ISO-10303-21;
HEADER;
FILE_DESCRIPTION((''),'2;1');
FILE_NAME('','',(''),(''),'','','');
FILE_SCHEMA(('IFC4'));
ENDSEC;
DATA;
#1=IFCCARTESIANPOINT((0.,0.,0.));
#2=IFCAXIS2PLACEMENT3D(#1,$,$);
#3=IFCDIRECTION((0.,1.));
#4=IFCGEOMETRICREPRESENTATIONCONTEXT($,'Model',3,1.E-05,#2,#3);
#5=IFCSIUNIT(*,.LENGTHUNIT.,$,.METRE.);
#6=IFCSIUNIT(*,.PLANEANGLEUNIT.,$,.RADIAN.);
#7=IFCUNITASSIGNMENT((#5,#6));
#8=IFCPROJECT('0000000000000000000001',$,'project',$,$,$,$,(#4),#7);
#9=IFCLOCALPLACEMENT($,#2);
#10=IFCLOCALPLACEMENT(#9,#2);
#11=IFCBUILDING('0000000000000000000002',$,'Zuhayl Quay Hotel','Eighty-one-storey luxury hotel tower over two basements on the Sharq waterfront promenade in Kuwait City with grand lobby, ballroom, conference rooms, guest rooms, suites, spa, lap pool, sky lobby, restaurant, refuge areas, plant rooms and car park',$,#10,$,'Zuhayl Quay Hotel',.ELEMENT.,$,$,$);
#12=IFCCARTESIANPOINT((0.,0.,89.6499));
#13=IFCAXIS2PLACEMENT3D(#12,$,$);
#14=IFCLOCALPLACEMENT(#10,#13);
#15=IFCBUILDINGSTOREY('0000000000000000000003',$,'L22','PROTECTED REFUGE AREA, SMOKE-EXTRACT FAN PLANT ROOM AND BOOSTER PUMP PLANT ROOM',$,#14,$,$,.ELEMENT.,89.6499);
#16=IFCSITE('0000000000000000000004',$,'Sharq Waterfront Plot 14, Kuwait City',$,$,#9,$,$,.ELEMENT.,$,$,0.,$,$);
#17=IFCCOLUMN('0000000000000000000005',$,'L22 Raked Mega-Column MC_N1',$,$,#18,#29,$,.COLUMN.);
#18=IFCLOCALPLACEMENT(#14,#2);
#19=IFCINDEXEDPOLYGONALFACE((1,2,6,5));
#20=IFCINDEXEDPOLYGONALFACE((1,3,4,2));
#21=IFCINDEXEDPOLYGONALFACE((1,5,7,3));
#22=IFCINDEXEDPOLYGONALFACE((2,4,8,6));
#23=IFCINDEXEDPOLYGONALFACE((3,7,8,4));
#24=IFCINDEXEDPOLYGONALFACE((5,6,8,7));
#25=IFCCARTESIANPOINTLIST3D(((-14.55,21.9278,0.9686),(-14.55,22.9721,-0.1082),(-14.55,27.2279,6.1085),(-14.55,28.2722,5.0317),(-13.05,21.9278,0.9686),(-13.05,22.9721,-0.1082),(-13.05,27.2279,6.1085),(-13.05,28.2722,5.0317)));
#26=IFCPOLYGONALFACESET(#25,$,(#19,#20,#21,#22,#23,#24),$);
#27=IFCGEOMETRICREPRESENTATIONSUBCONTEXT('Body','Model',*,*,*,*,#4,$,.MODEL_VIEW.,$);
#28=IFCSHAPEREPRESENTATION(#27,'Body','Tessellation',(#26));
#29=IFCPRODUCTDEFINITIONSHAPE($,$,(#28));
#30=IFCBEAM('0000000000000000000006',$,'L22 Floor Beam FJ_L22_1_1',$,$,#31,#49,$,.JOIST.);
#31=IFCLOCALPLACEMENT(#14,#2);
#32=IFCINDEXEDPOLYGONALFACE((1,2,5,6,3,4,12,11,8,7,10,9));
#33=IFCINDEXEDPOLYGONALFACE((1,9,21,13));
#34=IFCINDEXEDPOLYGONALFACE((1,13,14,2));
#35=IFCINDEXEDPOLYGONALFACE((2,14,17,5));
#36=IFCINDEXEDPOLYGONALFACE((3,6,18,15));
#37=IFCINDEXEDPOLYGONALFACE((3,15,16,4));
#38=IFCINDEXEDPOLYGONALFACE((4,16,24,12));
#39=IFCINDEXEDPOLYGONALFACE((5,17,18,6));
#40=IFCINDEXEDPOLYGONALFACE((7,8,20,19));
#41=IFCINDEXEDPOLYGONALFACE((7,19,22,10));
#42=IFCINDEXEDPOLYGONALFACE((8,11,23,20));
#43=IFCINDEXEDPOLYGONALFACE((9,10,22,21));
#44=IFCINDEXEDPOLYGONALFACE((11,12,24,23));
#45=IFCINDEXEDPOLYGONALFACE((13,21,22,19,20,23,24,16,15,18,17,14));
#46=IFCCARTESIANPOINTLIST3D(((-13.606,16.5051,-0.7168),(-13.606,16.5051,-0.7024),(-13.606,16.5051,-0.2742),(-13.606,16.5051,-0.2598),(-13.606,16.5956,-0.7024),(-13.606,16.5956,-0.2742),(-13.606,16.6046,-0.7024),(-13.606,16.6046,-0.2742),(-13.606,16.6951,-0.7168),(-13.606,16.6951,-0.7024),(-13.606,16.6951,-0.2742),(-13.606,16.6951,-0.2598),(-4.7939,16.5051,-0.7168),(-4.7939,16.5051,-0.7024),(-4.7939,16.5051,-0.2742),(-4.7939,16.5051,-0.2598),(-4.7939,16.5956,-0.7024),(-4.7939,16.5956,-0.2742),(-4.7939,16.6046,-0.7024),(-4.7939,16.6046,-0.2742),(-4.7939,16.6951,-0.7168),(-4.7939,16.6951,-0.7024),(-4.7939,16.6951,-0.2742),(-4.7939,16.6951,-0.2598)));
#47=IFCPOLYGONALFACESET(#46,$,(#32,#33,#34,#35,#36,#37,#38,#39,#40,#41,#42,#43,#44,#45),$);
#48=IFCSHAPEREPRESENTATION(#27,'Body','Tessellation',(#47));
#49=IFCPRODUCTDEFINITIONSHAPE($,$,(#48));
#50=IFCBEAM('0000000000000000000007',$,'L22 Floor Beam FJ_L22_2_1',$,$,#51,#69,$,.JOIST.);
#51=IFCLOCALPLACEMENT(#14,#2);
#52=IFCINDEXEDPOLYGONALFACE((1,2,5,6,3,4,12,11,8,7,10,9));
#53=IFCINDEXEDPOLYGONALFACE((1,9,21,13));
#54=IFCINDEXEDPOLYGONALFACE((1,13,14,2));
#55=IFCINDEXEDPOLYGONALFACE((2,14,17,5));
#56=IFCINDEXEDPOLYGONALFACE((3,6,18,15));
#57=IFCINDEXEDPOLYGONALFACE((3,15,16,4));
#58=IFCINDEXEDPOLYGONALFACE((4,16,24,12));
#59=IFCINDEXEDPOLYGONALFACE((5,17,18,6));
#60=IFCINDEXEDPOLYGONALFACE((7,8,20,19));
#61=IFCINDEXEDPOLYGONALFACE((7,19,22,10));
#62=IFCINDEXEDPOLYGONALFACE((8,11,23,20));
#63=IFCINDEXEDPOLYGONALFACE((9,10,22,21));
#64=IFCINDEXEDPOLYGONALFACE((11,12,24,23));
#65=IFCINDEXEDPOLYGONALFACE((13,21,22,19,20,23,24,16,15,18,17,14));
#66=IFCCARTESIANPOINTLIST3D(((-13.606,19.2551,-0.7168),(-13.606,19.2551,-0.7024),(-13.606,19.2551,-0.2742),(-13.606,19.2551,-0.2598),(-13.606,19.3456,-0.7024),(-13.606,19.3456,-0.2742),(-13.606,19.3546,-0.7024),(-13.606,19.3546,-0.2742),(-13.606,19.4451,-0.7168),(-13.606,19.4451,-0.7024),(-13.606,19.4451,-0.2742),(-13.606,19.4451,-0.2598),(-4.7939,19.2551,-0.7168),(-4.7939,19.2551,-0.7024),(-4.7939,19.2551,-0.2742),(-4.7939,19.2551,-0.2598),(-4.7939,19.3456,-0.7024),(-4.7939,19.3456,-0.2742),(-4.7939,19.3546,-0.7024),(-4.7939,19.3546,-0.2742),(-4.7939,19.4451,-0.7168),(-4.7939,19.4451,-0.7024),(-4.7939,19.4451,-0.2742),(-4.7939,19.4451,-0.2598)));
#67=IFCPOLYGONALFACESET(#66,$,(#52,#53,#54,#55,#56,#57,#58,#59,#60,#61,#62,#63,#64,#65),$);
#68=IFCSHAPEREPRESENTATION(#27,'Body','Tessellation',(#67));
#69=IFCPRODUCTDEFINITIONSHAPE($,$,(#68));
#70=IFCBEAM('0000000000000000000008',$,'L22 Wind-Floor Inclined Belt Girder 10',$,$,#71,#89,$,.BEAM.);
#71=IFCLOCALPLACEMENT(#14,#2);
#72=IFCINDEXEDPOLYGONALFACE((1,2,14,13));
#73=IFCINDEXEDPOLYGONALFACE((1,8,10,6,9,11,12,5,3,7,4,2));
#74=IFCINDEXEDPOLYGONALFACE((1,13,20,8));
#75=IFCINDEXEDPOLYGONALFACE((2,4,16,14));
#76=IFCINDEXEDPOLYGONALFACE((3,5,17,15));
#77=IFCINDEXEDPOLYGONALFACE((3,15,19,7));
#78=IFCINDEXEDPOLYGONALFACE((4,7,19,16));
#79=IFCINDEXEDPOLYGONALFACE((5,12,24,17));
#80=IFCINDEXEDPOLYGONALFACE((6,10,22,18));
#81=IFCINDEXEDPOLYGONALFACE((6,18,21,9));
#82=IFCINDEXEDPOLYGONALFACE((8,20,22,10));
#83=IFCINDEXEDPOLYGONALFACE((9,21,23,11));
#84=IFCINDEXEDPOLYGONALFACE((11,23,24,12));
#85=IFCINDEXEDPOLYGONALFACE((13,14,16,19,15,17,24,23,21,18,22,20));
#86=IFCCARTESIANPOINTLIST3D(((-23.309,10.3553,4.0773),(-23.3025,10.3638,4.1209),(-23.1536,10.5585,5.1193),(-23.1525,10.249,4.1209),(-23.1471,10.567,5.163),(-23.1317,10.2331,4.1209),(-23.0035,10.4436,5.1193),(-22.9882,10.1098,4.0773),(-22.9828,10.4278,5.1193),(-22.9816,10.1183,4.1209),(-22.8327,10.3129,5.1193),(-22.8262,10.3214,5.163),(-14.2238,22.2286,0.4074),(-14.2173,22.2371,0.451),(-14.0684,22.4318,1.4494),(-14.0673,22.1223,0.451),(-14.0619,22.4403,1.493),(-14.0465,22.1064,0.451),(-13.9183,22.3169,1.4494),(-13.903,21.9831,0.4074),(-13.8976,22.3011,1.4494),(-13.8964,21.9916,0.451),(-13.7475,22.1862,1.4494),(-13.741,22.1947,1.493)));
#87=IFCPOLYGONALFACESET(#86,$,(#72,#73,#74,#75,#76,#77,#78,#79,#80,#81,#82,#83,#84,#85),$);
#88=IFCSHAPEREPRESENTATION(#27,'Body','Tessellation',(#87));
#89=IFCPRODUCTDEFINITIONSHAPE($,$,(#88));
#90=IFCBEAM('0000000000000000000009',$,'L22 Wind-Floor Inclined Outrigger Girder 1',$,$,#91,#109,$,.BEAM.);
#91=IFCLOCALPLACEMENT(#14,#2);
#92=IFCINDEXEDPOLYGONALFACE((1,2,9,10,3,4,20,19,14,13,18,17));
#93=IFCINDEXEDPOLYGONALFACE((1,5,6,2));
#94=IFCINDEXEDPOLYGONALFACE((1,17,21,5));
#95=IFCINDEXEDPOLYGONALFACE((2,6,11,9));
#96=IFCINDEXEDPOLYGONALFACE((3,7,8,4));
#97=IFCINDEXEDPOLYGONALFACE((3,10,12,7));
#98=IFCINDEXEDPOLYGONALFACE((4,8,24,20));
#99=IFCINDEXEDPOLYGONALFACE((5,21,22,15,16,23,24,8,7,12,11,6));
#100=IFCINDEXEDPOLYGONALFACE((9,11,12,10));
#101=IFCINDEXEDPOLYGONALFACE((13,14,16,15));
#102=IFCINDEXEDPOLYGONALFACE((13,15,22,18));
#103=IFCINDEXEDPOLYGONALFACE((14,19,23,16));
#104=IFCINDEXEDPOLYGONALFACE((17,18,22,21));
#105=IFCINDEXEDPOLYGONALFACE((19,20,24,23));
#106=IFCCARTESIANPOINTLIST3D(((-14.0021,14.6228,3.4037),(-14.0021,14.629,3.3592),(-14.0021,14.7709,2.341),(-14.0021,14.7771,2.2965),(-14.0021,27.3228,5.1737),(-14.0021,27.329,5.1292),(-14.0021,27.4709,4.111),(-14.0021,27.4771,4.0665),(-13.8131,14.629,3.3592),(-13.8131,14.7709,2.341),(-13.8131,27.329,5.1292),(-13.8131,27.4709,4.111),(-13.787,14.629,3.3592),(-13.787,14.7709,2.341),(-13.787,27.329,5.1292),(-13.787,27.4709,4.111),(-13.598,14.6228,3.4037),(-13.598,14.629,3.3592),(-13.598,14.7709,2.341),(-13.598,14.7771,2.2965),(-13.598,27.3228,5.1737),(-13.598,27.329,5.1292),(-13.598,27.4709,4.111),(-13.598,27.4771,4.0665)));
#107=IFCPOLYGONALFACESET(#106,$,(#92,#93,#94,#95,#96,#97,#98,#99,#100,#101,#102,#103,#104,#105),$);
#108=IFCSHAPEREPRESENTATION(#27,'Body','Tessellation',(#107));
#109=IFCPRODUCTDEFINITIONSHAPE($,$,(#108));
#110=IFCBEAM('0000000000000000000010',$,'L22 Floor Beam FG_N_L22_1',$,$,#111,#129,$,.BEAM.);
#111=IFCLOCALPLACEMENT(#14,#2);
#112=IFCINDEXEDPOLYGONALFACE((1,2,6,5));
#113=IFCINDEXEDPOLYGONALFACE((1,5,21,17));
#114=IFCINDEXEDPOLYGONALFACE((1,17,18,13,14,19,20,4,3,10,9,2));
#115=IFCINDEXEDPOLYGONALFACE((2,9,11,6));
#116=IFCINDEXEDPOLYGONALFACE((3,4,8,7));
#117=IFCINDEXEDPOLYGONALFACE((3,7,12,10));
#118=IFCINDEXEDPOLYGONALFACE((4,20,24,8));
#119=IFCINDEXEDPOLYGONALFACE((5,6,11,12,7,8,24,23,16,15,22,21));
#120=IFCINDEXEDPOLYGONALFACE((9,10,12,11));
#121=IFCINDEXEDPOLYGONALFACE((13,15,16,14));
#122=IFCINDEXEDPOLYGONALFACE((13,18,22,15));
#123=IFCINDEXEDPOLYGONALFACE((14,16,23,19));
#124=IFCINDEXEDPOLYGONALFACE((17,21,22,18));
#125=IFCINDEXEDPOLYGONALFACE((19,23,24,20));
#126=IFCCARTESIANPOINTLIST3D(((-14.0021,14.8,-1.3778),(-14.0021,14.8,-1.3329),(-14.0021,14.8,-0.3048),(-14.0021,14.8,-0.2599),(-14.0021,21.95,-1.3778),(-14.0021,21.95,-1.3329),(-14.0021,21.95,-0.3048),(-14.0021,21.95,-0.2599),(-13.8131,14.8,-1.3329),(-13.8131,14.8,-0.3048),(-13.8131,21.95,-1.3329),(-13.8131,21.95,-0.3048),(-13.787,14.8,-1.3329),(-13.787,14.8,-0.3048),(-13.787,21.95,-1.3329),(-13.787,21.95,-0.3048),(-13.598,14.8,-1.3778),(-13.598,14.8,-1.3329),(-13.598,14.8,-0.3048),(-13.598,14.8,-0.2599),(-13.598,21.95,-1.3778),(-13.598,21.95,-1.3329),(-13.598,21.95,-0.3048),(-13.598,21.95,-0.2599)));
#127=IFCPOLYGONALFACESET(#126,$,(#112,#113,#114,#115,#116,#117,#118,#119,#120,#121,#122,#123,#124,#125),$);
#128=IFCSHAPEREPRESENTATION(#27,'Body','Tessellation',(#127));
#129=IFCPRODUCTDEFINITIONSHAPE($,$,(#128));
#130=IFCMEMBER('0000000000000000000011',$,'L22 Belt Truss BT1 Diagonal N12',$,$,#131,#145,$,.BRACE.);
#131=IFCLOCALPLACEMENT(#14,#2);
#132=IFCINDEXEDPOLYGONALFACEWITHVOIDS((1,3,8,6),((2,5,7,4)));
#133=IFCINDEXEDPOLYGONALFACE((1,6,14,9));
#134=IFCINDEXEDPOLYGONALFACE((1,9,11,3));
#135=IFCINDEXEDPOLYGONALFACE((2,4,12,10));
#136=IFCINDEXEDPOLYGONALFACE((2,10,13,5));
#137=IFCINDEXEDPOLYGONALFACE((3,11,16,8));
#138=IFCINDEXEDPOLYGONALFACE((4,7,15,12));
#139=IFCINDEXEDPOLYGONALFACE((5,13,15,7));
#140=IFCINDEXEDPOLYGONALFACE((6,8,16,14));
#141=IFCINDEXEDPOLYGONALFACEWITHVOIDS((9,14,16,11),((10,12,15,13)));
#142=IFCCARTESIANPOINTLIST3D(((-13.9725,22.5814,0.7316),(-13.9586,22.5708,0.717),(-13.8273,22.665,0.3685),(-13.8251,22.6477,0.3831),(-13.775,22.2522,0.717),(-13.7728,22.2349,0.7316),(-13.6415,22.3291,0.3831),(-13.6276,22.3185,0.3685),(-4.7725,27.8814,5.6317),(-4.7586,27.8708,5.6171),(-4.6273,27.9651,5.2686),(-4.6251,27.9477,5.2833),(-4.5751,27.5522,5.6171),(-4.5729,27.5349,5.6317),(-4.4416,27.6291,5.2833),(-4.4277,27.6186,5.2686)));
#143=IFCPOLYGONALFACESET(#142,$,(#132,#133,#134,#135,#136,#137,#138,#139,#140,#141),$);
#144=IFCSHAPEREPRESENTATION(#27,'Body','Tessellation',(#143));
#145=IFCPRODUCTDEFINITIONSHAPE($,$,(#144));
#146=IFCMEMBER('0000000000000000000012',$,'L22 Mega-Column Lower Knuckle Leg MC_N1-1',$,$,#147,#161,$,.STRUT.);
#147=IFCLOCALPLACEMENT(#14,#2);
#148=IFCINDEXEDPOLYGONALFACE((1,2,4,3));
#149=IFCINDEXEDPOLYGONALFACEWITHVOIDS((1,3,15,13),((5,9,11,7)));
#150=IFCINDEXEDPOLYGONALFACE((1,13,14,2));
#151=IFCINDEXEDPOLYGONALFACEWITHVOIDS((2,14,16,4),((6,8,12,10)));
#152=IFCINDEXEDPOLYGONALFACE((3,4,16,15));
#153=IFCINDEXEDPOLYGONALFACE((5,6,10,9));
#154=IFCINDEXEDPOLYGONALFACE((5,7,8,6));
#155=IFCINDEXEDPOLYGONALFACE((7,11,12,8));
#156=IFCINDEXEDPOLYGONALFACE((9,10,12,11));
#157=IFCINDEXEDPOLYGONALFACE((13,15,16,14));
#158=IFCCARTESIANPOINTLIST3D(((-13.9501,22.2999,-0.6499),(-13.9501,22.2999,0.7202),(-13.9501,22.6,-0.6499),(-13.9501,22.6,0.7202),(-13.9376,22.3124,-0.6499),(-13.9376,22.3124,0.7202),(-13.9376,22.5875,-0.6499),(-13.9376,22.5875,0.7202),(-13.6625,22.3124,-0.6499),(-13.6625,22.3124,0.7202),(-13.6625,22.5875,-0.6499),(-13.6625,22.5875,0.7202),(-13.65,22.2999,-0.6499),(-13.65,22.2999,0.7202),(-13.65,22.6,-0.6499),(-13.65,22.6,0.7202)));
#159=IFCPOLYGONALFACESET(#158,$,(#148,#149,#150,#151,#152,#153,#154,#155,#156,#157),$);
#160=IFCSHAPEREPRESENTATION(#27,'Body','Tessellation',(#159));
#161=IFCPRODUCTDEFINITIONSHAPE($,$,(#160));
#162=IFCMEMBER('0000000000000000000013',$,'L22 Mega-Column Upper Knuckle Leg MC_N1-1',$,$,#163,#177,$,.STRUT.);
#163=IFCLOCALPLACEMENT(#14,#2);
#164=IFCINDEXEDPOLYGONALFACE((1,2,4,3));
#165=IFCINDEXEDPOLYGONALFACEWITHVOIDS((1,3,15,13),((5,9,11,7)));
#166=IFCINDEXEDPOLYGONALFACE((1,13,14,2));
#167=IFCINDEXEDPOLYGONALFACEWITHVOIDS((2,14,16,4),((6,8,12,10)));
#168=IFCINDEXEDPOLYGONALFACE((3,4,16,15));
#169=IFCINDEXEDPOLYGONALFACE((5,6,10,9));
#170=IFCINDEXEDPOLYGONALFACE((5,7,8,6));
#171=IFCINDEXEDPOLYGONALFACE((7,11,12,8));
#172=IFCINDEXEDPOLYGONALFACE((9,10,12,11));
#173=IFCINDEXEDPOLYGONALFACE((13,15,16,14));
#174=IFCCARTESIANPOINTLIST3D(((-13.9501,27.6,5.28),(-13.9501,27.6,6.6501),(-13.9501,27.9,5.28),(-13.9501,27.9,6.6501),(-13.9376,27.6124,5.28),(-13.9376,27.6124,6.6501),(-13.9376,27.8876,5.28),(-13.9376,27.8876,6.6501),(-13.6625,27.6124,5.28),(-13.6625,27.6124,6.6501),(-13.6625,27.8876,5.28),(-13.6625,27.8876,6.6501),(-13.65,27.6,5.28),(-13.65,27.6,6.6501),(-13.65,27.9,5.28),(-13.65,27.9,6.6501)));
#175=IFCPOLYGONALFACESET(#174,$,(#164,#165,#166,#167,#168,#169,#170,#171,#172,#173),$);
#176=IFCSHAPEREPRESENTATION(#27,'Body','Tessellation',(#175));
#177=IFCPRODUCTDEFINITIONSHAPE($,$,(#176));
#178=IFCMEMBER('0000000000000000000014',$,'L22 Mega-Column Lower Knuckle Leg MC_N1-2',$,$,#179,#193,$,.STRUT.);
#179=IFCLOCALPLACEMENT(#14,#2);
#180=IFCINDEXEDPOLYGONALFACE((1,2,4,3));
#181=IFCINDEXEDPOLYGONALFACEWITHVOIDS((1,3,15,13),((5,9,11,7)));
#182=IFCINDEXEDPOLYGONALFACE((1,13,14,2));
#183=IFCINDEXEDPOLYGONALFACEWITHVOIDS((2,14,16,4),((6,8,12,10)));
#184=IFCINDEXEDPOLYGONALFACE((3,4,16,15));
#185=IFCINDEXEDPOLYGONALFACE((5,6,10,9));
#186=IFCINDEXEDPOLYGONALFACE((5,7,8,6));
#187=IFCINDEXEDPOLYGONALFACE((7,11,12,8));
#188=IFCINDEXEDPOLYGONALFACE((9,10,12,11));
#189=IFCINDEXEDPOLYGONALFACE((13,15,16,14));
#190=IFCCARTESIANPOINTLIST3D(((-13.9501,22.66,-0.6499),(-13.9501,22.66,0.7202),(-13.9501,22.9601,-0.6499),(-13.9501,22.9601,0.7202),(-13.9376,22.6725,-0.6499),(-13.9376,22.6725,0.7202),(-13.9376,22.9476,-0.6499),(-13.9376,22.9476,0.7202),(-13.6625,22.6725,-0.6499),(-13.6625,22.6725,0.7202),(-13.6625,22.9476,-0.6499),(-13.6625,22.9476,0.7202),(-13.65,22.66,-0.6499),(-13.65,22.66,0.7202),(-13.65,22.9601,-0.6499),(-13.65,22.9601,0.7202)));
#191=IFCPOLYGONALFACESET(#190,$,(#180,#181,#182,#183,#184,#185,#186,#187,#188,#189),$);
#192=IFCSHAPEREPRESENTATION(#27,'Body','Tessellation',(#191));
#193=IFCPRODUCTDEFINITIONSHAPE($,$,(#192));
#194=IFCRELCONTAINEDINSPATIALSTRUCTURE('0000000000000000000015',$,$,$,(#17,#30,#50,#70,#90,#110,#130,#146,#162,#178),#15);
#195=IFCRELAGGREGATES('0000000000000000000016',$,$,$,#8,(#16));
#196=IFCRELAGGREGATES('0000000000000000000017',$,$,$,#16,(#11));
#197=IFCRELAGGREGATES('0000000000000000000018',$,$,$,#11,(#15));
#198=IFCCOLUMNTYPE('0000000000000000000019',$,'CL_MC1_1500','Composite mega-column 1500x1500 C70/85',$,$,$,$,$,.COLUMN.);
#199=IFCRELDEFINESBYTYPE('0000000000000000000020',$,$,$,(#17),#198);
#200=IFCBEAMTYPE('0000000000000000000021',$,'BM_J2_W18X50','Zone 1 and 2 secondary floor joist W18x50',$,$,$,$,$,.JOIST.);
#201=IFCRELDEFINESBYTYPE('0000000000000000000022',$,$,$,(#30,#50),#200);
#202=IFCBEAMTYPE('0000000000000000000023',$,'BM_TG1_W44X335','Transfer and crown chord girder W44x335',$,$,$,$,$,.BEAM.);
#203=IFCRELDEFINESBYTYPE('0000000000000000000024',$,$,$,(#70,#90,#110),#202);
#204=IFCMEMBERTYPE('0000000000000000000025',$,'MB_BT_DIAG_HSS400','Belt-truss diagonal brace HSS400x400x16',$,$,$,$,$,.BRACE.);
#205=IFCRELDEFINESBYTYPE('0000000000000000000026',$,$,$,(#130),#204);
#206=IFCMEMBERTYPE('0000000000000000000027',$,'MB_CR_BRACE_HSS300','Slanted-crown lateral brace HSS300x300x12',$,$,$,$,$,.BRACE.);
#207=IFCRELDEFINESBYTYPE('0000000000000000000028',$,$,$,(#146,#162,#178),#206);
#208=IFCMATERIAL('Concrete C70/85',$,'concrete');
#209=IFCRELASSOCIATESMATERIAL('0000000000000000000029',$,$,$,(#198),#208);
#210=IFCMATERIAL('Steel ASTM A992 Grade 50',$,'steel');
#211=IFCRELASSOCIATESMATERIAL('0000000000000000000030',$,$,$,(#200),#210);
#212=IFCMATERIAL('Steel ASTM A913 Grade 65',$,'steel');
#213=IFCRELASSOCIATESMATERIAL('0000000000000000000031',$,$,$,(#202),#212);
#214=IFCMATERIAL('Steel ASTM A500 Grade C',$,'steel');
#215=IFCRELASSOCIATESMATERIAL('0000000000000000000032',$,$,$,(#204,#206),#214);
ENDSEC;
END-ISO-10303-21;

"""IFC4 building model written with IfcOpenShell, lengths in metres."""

from ifc_helpers import new_model, si_unit, direction, frame, origin, origin_2d, place, context, subcontext, project, spatial, rectangle, hollow_rectangle, i_section, extrude, material, material_profile, profile_set, type_object, element, save


model = new_model("IFC4")

# Units and contexts
model_context = context("Model", 3, precision=1e-05, world=origin(), true_north=direction((0.0, 1.0)))
body_context = subcontext(model_context, "Body", "Model", "MODEL_VIEW")
ifc_project = project(units=[si_unit("LENGTHUNIT", "METRE"), si_unit("PLANEANGLEUNIT", "RADIAN")], contexts=[model_context])

# Site, building, storey
site_placement = place(None, origin())
site = spatial("IfcSite", under=ifc_project, at=site_placement, Name="Sharq Waterfront Plot 14, Kuwait City", CompositionType="ELEMENT", RefElevation=0.0)
building_placement = place(site_placement, origin())
building = spatial("IfcBuilding", under=site, at=building_placement, Name="Zuhayl Quay Hotel", Description="Eighty-one-storey luxury hotel tower over two basements on the Sharq waterfront promenade in Kuwait City with grand lobby, ballroom, conference rooms, guest rooms, suites, spa, lap pool, sky lobby, restaurant, refuge areas, plant rooms and car park", LongName="Zuhayl Quay Hotel", CompositionType="ELEMENT")
storey_placement = place(building_placement, frame((0.0, 0.0, 89.6499)))
storey = spatial("IfcBuildingStorey", under=building, at=storey_placement, Name="L22", Description="PROTECTED REFUGE AREA, SMOKE-EXTRACT FAN PLANT ROOM AND BOOSTER PUMP PLANT ROOM", CompositionType="ELEMENT", Elevation=89.6499)

# Column
ifc_material_1 = material(Name="Concrete C70/85", Category="concrete")
ifc_material_profile_1 = material_profile(ifc_material_1, rectangle(XDim=1.5, YDim=1.5, at=origin_2d()), Name="RC1500X1500")
ifc_profile_set_1 = profile_set([ifc_material_profile_1], Name="Concrete C70/85")
column_type = type_object("IfcColumnType", Name="CL_MC1_1500", Description="Composite mega-column 1500x1500 C70/85", PredefinedType="COLUMN", material=ifc_profile_set_1)
column_placement = place(storey_placement, frame((-13.8, 22.45, 0.4302), z_axis=(0.0, 0.71787, 0.696177), x_axis=(-1.0, 0.0, 0.0)))
element("IfcColumn", 1, at=column_placement, inside=storey, type_object=column_type, Name="L22 Raked Mega-Column MC_N1", PredefinedType="COLUMN", context=body_context, shape_type="SweptSolid", body=[
    extrude(rectangle(XDim=1.5, YDim=1.5, at=origin_2d()), origin(), (0.0, 0.0, 1.0), 7.3831),
])

# Beams
ifc_material_2 = material(Name="Steel ASTM A992 Grade 50", Category="steel")
ifc_material_profile_2 = material_profile(ifc_material_2, i_section(OverallWidth=0.1899, OverallDepth=0.457, WebThickness=0.009, FlangeThickness=0.0144, at=origin_2d()), Name="W18X50")
ifc_profile_set_2 = profile_set([ifc_material_profile_2], Name="Steel ASTM A992 Grade 50")
beam_type_1 = type_object("IfcBeamType", Name="BM_J2_W18X50", Description="Zone 1 and 2 secondary floor joist W18x50", PredefinedType="JOIST", material=ifc_profile_set_2)
for number, where, z_axis, x_axis, name in (
    (2, (-13.606, 16.6001, -0.4883), (1.0, 0.0, 0.0), (0.0, 1.0, 0.0), "L22 Floor Beam FJ_L22_1_1"),
    (3, (-13.606, 19.3501, -0.4883), (1.0, 0.0, 0.0), (0.0, 1.0, 0.0), "L22 Floor Beam FJ_L22_2_1"),
):
    element("IfcBeam", number, at=place(storey_placement, frame(where, z_axis=z_axis, x_axis=x_axis)), inside=storey, type_object=beam_type_1, Name=name, PredefinedType="JOIST", context=body_context, shape_type="SweptSolid", body=[
        extrude(i_section(OverallWidth=0.1899, OverallDepth=0.457, WebThickness=0.009, FlangeThickness=0.0144, at=origin_2d()), origin(), (0.0, 0.0, 1.0), 8.812),
    ])
ifc_material_3 = material(Name="Steel ASTM A913 Grade 65", Category="steel")
ifc_material_profile_3 = material_profile(ifc_material_3, i_section(OverallWidth=0.4041, OverallDepth=1.1179, WebThickness=0.0261, FlangeThickness=0.0449, at=origin_2d()), Name="W44X335")
ifc_profile_set_3 = profile_set([ifc_material_profile_3], Name="Steel ASTM A913 Grade 65")
beam_type_2 = type_object("IfcBeamType", Name="BM_TG1_W44X335", Description="Transfer and crown chord girder W44x335", PredefinedType="BEAM", material=ifc_profile_set_3)
beam_1_placement = place(storey_placement, frame((-13.9824, 22.2117, 0.9502), z_axis=(-0.590167, -0.771279, 0.238395), x_axis=(0.794176, -0.607688, 0.0)))
element("IfcBeam", 4, at=beam_1_placement, inside=storey, type_object=beam_type_2, Name="L22 Wind-Floor Inclined Belt Girder 10", PredefinedType="BEAM", context=body_context, shape_type="SweptSolid", body=[
    extrude(i_section(OverallWidth=0.4041, OverallDepth=1.1179, WebThickness=0.0261, FlangeThickness=0.0449, at=origin_2d()), origin(), (0.0, 0.0, 1.0), 15.3943),
])
beam_2_placement = place(storey_placement, frame((-13.8, 14.7, 2.8501), z_axis=(0.0, 0.990427, 0.138038), x_axis=(-1.0, 0.0, 0.0)))
element("IfcBeam", 5, at=beam_2_placement, inside=storey, type_object=beam_type_2, Name="L22 Wind-Floor Inclined Outrigger Girder 1", PredefinedType="BEAM", context=body_context, shape_type="SweptSolid", body=[
    extrude(i_section(OverallWidth=0.4041, OverallDepth=1.1179, WebThickness=0.0261, FlangeThickness=0.0449, at=origin_2d()), origin(), (0.0, 0.0, 1.0), 12.8228),
])
beam_3_placement = place(storey_placement, frame((-13.8, 14.8, -0.8188), z_axis=(0.0, 1.0, 0.0), x_axis=(-1.0, 0.0, 0.0)))
element("IfcBeam", 6, at=beam_3_placement, inside=storey, type_object=beam_type_2, Name="L22 Floor Beam FG_N_L22_1", PredefinedType="BEAM", context=body_context, shape_type="SweptSolid", body=[
    extrude(i_section(OverallWidth=0.4041, OverallDepth=1.1179, WebThickness=0.0261, FlangeThickness=0.0449, at=origin_2d()), origin(), (0.0, 0.0, 1.0), 7.1499),
])

# Members
ifc_material_4 = material(Name="Steel ASTM A500 Grade C", Category="steel")
ifc_material_profile_4 = material_profile(ifc_material_4, hollow_rectangle(XDim=0.3999, YDim=0.3999, WallThickness=0.0161, at=origin_2d()), Name="HSS400X400X16")
ifc_profile_set_4 = profile_set([ifc_material_profile_4], Name="Steel ASTM A500 Grade C")
member_type_1 = type_object("IfcMemberType", Name="MB_BT_DIAG_HSS400", Description="Belt-truss diagonal brace HSS400x400x16", PredefinedType="BRACE", material=ifc_profile_set_4)
member_placement = place(storey_placement, frame((-13.8, 22.45, 0.55), z_axis=(0.786749, 0.453242, 0.419044), x_axis=(-0.499184, 0.866496, 0.0)))
element("IfcMember", 7, at=member_placement, inside=storey, type_object=member_type_1, Name="L22 Belt Truss BT1 Diagonal N12", PredefinedType="BRACE", context=body_context, shape_type="SweptSolid", body=[
    extrude(hollow_rectangle(XDim=0.3999, YDim=0.3999, WallThickness=0.0161, at=origin_2d()), origin(), (0.0, 0.0, 1.0), 11.6936),
])
ifc_material_profile_5 = material_profile(ifc_material_4, hollow_rectangle(XDim=0.3, YDim=0.3, WallThickness=0.0125, at=origin_2d()), Name="HSS300X300X12")
ifc_profile_set_5 = profile_set([ifc_material_profile_5], Name="Steel ASTM A500 Grade C")
member_type_2 = type_object("IfcMemberType", Name="MB_CR_BRACE_HSS300", Description="Slanted-crown lateral brace HSS300x300x12", PredefinedType="BRACE", material=ifc_profile_set_5)
for number, where, z_axis, x_axis, name in (
    (8, (-13.8, 22.45, -0.6499), (0.0, 0.0, 1.0), (1.0, 0.0, 0.0), "L22 Mega-Column Lower Knuckle Leg MC_N1-1"),
    (9, (-13.8, 27.75, 5.28), (0.0, 0.0, 1.0), (1.0, 0.0, 0.0), "L22 Mega-Column Upper Knuckle Leg MC_N1-1"),
    (10, (-13.8, 22.8101, -0.6499), (0.0, 0.0, 1.0), (1.0, 0.0, 0.0), "L22 Mega-Column Lower Knuckle Leg MC_N1-2"),
):
    element("IfcMember", number, at=place(storey_placement, frame(where, z_axis=z_axis, x_axis=x_axis)), inside=storey, type_object=member_type_2, Name=name, PredefinedType="STRUT", context=body_context, shape_type="SweptSolid", body=[
        extrude(hollow_rectangle(XDim=0.3, YDim=0.3, WallThickness=0.0125, at=origin_2d()), origin(), (0.0, 0.0, 1.0), 1.3701),
    ])

save(model, "model.ifc")
